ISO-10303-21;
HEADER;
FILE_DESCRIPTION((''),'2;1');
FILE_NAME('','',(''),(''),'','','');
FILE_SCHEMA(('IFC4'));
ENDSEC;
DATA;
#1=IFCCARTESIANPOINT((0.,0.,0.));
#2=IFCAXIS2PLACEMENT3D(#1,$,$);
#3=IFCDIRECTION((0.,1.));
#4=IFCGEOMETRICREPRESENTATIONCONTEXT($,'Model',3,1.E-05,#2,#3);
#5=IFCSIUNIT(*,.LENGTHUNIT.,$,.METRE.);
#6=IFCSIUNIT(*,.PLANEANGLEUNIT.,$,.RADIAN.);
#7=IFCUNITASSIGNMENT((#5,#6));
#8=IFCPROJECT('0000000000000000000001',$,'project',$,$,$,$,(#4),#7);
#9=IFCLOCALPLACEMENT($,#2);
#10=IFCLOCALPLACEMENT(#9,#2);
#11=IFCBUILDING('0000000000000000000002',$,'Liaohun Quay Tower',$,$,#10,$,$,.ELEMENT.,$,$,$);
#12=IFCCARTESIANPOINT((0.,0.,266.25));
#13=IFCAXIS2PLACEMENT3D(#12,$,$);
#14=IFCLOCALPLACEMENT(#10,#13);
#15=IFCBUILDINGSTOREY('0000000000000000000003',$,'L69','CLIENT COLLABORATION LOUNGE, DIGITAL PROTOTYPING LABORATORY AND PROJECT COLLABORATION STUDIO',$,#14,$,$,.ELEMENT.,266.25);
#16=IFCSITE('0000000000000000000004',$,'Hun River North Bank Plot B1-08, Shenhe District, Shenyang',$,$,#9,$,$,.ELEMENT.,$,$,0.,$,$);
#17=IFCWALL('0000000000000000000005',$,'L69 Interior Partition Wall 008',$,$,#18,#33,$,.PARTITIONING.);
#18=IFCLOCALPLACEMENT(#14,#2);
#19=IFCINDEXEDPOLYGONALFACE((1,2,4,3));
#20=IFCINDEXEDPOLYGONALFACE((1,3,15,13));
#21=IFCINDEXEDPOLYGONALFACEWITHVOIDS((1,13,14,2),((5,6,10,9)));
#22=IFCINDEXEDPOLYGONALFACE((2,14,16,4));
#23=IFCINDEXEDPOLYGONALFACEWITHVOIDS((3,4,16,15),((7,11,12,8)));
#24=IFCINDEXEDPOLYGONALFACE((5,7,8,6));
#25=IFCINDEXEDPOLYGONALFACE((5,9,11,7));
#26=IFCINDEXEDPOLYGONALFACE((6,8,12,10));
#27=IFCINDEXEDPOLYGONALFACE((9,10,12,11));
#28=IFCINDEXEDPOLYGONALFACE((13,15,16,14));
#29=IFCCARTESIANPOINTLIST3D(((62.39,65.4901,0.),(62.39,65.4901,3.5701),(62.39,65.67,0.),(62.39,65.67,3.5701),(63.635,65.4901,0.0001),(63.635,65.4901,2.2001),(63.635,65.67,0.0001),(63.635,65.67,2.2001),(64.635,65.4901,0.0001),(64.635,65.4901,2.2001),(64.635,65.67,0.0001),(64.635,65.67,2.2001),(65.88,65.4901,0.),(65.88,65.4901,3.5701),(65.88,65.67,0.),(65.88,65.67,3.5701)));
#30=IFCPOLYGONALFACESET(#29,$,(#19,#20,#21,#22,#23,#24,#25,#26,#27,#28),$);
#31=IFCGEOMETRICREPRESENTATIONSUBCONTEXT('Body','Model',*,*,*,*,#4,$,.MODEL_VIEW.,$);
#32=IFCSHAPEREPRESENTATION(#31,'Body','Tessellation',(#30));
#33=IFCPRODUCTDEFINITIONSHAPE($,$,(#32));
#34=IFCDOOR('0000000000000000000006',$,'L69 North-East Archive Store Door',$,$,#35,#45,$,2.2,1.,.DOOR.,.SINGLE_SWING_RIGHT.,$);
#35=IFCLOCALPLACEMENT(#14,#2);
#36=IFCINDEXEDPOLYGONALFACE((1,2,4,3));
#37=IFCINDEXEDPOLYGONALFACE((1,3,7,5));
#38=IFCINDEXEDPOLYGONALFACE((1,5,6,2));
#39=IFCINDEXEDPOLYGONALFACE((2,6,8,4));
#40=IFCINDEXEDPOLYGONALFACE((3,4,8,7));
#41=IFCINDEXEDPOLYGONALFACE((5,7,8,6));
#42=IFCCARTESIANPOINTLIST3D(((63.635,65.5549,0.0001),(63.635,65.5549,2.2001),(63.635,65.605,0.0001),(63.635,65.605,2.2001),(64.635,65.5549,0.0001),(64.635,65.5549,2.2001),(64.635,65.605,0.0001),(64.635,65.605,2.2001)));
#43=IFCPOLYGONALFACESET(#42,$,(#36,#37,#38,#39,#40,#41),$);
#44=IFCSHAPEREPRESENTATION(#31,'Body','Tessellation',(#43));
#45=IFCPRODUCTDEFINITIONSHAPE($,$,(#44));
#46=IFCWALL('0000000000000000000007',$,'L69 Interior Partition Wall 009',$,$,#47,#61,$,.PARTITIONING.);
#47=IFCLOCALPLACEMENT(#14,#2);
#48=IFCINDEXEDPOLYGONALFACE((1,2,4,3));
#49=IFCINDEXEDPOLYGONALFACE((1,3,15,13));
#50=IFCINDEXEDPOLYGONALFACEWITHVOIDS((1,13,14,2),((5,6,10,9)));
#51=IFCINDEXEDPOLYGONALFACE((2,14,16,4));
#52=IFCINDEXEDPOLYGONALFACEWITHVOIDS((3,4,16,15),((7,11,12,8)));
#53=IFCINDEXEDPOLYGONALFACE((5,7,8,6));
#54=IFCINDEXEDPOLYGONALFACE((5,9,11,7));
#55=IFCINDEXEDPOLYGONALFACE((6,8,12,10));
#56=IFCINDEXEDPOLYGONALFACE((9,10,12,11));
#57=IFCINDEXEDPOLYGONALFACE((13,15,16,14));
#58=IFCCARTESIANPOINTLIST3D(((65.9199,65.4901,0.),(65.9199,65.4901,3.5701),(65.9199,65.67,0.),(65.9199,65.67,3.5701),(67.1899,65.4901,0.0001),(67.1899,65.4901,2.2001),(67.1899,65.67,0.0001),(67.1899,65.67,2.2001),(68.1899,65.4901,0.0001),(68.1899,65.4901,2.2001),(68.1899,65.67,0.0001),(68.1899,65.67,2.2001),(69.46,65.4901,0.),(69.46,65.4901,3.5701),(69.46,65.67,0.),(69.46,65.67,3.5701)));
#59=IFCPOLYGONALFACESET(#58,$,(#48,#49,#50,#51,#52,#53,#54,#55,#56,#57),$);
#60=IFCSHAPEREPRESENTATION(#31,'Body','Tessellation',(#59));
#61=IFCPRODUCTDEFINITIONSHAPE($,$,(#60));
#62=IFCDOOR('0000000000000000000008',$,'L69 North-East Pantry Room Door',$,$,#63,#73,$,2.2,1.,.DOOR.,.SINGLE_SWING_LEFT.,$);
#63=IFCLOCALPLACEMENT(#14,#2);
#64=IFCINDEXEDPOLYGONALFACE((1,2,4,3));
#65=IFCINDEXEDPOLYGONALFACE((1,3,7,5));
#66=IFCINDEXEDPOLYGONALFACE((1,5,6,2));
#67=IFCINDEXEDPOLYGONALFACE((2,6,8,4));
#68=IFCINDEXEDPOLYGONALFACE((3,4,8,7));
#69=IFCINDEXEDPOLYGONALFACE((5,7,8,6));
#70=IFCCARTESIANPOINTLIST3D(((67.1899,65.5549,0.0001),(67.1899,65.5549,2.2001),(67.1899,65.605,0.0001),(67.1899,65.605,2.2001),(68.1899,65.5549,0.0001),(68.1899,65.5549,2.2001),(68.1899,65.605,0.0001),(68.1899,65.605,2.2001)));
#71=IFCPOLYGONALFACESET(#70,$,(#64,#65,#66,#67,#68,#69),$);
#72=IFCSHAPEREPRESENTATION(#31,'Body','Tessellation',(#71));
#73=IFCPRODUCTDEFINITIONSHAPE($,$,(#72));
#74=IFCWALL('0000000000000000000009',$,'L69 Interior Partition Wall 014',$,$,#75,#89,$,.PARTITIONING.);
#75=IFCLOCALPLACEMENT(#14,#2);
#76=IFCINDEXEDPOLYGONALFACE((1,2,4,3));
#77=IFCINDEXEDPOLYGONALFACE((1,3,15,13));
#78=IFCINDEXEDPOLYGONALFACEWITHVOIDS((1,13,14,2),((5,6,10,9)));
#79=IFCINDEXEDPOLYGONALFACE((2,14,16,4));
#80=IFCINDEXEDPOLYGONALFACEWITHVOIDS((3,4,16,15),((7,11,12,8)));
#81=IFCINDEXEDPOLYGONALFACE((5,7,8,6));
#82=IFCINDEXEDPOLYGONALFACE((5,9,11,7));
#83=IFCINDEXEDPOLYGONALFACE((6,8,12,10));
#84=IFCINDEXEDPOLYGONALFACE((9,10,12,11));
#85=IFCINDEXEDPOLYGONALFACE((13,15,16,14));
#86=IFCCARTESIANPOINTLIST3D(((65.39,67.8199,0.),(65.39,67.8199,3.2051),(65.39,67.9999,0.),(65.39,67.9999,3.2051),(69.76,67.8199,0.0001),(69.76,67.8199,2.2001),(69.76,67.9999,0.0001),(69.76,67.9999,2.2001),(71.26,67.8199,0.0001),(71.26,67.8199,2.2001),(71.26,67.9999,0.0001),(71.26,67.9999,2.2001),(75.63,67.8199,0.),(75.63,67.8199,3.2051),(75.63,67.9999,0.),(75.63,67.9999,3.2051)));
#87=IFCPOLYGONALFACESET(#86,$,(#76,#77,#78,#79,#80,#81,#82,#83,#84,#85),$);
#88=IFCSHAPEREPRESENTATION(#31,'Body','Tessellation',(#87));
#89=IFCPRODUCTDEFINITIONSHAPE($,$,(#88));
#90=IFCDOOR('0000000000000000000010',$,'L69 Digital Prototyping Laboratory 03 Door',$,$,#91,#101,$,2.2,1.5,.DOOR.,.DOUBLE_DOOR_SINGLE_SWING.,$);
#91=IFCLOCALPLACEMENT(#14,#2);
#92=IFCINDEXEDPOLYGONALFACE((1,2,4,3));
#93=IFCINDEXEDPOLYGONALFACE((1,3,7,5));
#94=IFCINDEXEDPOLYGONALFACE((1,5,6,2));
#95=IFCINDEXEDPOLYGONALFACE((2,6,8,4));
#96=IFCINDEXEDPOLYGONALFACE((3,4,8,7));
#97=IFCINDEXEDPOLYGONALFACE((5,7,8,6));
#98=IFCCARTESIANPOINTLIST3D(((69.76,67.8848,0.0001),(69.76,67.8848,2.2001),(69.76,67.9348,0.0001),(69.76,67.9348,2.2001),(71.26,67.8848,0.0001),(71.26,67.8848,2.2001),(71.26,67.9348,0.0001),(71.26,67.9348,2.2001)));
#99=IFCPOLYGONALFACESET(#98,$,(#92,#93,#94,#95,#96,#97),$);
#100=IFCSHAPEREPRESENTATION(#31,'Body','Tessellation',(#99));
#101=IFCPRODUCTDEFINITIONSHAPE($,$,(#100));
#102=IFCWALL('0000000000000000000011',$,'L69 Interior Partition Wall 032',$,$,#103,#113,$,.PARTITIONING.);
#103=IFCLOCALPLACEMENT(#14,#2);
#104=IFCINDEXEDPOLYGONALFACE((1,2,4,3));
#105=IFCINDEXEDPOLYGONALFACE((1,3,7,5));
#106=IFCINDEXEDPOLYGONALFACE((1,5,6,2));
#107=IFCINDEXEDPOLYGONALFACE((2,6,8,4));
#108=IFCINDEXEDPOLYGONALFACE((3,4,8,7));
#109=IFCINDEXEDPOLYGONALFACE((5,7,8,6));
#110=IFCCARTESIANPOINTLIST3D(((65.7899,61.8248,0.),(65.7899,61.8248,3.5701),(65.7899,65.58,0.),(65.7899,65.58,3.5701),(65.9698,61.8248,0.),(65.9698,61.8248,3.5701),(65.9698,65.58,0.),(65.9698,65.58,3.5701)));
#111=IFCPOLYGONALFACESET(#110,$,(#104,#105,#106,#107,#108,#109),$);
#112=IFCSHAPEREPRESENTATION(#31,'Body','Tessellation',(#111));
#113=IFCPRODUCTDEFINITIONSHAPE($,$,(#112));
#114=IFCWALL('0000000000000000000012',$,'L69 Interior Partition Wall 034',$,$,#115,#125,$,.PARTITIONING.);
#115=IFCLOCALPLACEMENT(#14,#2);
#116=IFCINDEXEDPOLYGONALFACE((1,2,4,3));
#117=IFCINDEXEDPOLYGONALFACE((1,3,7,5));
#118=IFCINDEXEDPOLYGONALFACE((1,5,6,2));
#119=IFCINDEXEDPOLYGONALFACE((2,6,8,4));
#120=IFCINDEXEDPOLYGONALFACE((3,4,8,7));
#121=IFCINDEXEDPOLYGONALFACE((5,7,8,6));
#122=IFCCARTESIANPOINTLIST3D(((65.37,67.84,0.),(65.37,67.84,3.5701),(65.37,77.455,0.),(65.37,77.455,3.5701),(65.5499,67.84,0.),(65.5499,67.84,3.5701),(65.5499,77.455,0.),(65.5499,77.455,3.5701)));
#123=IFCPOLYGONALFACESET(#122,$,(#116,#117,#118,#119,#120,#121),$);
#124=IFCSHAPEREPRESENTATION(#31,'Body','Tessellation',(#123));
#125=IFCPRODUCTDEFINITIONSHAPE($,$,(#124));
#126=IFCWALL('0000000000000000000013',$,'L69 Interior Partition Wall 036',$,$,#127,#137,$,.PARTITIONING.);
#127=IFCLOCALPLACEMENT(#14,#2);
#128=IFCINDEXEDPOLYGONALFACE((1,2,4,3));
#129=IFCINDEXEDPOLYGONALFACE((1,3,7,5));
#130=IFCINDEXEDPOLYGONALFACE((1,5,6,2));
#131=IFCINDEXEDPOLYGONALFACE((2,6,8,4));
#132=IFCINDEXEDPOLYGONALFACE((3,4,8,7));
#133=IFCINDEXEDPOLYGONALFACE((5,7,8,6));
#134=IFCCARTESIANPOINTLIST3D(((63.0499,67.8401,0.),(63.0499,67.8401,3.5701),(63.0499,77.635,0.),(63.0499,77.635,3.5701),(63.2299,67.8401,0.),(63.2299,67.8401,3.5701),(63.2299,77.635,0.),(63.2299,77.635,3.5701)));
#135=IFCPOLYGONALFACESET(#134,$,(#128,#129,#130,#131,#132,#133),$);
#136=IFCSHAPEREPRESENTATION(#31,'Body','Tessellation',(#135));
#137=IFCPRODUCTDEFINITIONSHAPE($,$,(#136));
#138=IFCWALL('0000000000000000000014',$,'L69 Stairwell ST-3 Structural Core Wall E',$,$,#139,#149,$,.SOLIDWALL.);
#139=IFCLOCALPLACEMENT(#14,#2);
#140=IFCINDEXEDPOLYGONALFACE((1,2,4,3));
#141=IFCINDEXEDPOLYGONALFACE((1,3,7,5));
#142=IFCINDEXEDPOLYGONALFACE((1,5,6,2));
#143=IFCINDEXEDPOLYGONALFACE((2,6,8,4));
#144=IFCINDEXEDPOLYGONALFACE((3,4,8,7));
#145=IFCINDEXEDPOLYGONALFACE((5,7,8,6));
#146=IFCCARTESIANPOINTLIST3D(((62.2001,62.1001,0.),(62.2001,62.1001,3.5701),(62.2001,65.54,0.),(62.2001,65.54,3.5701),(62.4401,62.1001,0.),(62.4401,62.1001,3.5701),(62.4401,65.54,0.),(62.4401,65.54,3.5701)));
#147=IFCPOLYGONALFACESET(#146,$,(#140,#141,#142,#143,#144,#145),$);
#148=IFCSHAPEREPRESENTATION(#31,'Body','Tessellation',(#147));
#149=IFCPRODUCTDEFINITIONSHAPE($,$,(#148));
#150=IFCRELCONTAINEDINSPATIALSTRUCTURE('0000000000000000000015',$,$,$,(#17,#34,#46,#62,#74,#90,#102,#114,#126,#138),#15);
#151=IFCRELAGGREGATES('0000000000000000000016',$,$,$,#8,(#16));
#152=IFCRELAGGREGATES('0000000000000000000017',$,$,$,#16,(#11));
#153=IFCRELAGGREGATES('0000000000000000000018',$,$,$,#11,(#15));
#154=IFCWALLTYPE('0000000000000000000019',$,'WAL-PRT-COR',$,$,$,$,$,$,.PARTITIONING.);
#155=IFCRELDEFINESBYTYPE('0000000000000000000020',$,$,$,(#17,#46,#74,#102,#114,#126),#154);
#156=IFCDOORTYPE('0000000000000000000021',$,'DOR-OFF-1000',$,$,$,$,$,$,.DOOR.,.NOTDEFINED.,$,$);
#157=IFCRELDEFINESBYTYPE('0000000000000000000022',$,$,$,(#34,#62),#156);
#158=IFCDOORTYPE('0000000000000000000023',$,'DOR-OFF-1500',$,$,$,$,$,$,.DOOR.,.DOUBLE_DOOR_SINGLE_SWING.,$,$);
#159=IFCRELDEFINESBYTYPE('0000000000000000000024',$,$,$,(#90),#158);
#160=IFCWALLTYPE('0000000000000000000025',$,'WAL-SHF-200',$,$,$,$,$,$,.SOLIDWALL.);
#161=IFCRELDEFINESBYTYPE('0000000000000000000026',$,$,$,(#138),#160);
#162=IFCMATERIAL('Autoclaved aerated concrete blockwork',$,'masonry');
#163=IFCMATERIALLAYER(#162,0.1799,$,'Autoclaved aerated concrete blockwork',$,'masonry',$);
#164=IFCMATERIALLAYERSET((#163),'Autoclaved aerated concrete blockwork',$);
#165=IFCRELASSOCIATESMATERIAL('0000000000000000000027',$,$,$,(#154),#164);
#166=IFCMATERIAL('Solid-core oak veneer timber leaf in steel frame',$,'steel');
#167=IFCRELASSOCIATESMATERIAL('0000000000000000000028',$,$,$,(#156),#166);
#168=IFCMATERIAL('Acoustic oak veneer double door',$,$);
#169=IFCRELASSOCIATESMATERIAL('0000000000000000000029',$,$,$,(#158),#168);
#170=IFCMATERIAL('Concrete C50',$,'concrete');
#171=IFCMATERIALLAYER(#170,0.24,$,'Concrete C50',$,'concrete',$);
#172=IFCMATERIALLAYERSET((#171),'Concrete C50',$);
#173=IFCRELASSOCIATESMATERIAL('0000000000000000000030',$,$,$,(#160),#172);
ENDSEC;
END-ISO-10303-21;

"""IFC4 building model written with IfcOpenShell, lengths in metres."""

from ifc_helpers import new_model, si_unit, direction, frame, frame_2d, origin, place, context, subcontext, project, spatial, rectangle, extrude, source, transform, mapped, material, layer, layer_set, type_object, element, fill, save


model = new_model("IFC4")

# Units and contexts
model_context = context("Model", 3, precision=1e-05, world=origin(), true_north=direction((0.0, 1.0)))
body_context = subcontext(model_context, "Body", "Model", "MODEL_VIEW")
ifc_project = project(units=[si_unit("LENGTHUNIT", "METRE"), si_unit("PLANEANGLEUNIT", "RADIAN")], contexts=[model_context])

# Site, building, storey
site_placement = place(None, origin())
site = spatial("IfcSite", under=ifc_project, at=site_placement, Name="Hun River North Bank Plot B1-08, Shenhe District, Shenyang", CompositionType="ELEMENT", RefElevation=0.0)
building_placement = place(site_placement, origin())
building = spatial("IfcBuilding", under=site, at=building_placement, Name="Liaohun Quay Tower", CompositionType="ELEMENT")
storey_placement = place(building_placement, frame((0.0, 0.0, 266.25)))
storey = spatial("IfcBuildingStorey", under=building, at=storey_placement, Name="L69", Description="CLIENT COLLABORATION LOUNGE, DIGITAL PROTOTYPING LABORATORY AND PROJECT COLLABORATION STUDIO", CompositionType="ELEMENT", Elevation=266.25)

# Walls, openings, doors
ifc_material_1 = material(Name="Autoclaved aerated concrete blockwork", Category="masonry")
ifc_layer_1 = layer(ifc_material_1, 0.1799, Name="Autoclaved aerated concrete blockwork", Category="masonry")
ifc_layer_set_1 = layer_set([ifc_layer_1], Name="Autoclaved aerated concrete blockwork")
wall_type_1 = type_object("IfcWallType", Name="WAL-PRT-COR", PredefinedType="PARTITIONING", material=ifc_layer_set_1)
wall_1_placement = place(storey_placement, frame((62.3899, 65.5801, 0.0), z_axis=(0.0, 0.0, 1.0), x_axis=(1.0, 0.0, 0.0)))
wall_1 = element("IfcWall", 1, at=wall_1_placement, inside=storey, type_object=wall_type_1, Name="L69 Interior Partition Wall 008", PredefinedType="PARTITIONING", context=body_context, shape_type="SweptSolid", body=[
    extrude(rectangle(XDim=3.49, YDim=0.1799, at=frame_2d((1.7451, 0.0))), origin(), (0.0, 0.0, 1.0), 3.5701),
])
shared_shape_1 = source(origin(), body_context, "Body", "SweptSolid", [
    extrude(rectangle(XDim=1.0, YDim=2.2, at=frame_2d((0.5, 1.1001))), frame((0.0, 0.0999, 0.0), z_axis=(0.0, -1.0, 0.0), x_axis=(1.0, 0.0, 0.0)), (0.0, 0.0, 1.0), 0.2),
])
opening_1_placement = place(wall_1_placement, frame((1.2451, 0.0, 0.0)))
opening_1 = element("IfcOpeningElement", 2, at=opening_1_placement, cuts=wall_1, PredefinedType="OPENING", context=body_context, shape_type="MappedRepresentation", body=[
    mapped(shared_shape_1, transform((0.0, 0.0, 0.0), x_axis=(1.0, 0.0, 0.0), y_axis=(0.0, 1.0, 0.0), z_axis=(0.0, 0.0, 1.0), scale=1.0)),
])
ifc_material_2 = material(Name="Solid-core oak veneer timber leaf in steel frame", Category="steel")
door_type_1 = type_object("IfcDoorType", Name="DOR-OFF-1000", OperationType="NOTDEFINED", PredefinedType="DOOR", material=ifc_material_2)
shared_shape_2 = source(origin(), body_context, "Body", "SweptSolid", [
    extrude(rectangle(XDim=1.0, YDim=2.2, at=frame_2d((0.5, 1.1001))), frame((0.0, 0.0249, 0.0), z_axis=(0.0, -1.0, 0.0), x_axis=(1.0, 0.0, 0.0)), (0.0, 0.0, 1.0), 0.05),
])
door_1_placement = place(opening_1_placement, origin())
door_1 = element("IfcDoor", 3, at=door_1_placement, inside=storey, type_object=door_type_1, Name="L69 North-East Archive Store Door", OperationType="SINGLE_SWING_RIGHT", OverallHeight=2.2, OverallWidth=1.0, PredefinedType="DOOR", context=body_context, shape_type="MappedRepresentation", body=[
    mapped(shared_shape_2, transform((0.0, 0.0, 0.0), x_axis=(1.0, 0.0, 0.0), y_axis=(0.0, 1.0, 0.0), z_axis=(0.0, 0.0, 1.0), scale=1.0)),
])
fill(opening_1, door_1)
wall_2_placement = place(storey_placement, frame((65.9199, 65.5801, 0.0), z_axis=(0.0, 0.0, 1.0), x_axis=(1.0, 0.0, 0.0)))
wall_2 = element("IfcWall", 4, at=wall_2_placement, inside=storey, type_object=wall_type_1, Name="L69 Interior Partition Wall 009", PredefinedType="PARTITIONING", context=body_context, shape_type="SweptSolid", body=[
    extrude(rectangle(XDim=3.54, YDim=0.1799, at=frame_2d((1.77, 0.0))), origin(), (0.0, 0.0, 1.0), 3.5701),
])
opening_2_placement = place(wall_2_placement, frame((1.27, 0.0, 0.0)))
opening_2 = element("IfcOpeningElement", 5, at=opening_2_placement, cuts=wall_2, PredefinedType="OPENING", context=body_context, shape_type="MappedRepresentation", body=[
    mapped(shared_shape_1, transform((0.0, 0.0, 0.0), x_axis=(1.0, 0.0, 0.0), y_axis=(0.0, 1.0, 0.0), z_axis=(0.0, 0.0, 1.0), scale=1.0)),
])
door_2_placement = place(opening_2_placement, origin())
door_2 = element("IfcDoor", 6, at=door_2_placement, inside=storey, type_object=door_type_1, Name="L69 North-East Pantry Room Door", OperationType="SINGLE_SWING_LEFT", OverallHeight=2.2, OverallWidth=1.0, PredefinedType="DOOR", context=body_context, shape_type="MappedRepresentation", body=[
    mapped(shared_shape_2, transform((0.0, 0.0, 0.0), x_axis=(1.0, 0.0, 0.0), y_axis=(0.0, 1.0, 0.0), z_axis=(0.0, 0.0, 1.0), scale=1.0)),
])
fill(opening_2, door_2)
wall_3_placement = place(storey_placement, frame((65.3899, 67.9099, 0.0), z_axis=(0.0, 0.0, 1.0), x_axis=(1.0, 0.0, 0.0)))
wall_3 = element("IfcWall", 7, at=wall_3_placement, inside=storey, type_object=wall_type_1, Name="L69 Interior Partition Wall 014", PredefinedType="PARTITIONING", context=body_context, shape_type="SweptSolid", body=[
    extrude(rectangle(XDim=10.24, YDim=0.1799, at=frame_2d((5.1201, 0.0))), origin(), (0.0, 0.0, 1.0), 3.2051),
])
shared_shape_3 = source(origin(), body_context, "Body", "SweptSolid", [
    extrude(rectangle(XDim=1.5, YDim=2.2, at=frame_2d((0.75, 1.1001))), frame((0.0, 0.0999, 0.0), z_axis=(0.0, -1.0, 0.0), x_axis=(1.0, 0.0, 0.0)), (0.0, 0.0, 1.0), 0.2),
])
opening_3_placement = place(wall_3_placement, frame((4.3701, 0.0, 0.0)))
opening_3 = element("IfcOpeningElement", 8, at=opening_3_placement, cuts=wall_3, PredefinedType="OPENING", context=body_context, shape_type="MappedRepresentation", body=[
    mapped(shared_shape_3, transform((0.0, 0.0, 0.0), x_axis=(1.0, 0.0, 0.0), y_axis=(0.0, 1.0, 0.0), z_axis=(0.0, 0.0, 1.0), scale=1.0)),
])
ifc_material_3 = material(Name="Acoustic oak veneer double door")
door_type_2 = type_object("IfcDoorType", Name="DOR-OFF-1500", OperationType="DOUBLE_DOOR_SINGLE_SWING", PredefinedType="DOOR", material=ifc_material_3)
shared_shape_4 = source(origin(), body_context, "Body", "SweptSolid", [
    extrude(rectangle(XDim=1.5, YDim=2.2, at=frame_2d((0.75, 1.1001))), frame((0.0, 0.0249, 0.0), z_axis=(0.0, -1.0, 0.0), x_axis=(1.0, 0.0, 0.0)), (0.0, 0.0, 1.0), 0.05),
])
door_3_placement = place(opening_3_placement, origin())
door_3 = element("IfcDoor", 9, at=door_3_placement, inside=storey, type_object=door_type_2, Name="L69 Digital Prototyping Laboratory 03 Door", OperationType="DOUBLE_DOOR_SINGLE_SWING", OverallHeight=2.2, OverallWidth=1.5, PredefinedType="DOOR", context=body_context, shape_type="MappedRepresentation", body=[
    mapped(shared_shape_4, transform((0.0, 0.0, 0.0), x_axis=(1.0, 0.0, 0.0), y_axis=(0.0, 1.0, 0.0), z_axis=(0.0, 0.0, 1.0), scale=1.0)),
])
fill(opening_3, door_3)

# Walls
wall_4_placement = place(storey_placement, frame((65.8799, 61.825, 0.0), z_axis=(0.0, 0.0, 1.0), x_axis=(0.0, 1.0, 0.0)))
element("IfcWall", 10, at=wall_4_placement, inside=storey, type_object=wall_type_1, Name="L69 Interior Partition Wall 032", PredefinedType="PARTITIONING", context=body_context, shape_type="SweptSolid", body=[
    extrude(rectangle(XDim=3.7551, YDim=0.1799, at=frame_2d((1.8774, 0.0))), origin(), (0.0, 0.0, 1.0), 3.5701),
])
wall_5_placement = place(storey_placement, frame((65.46, 77.4551, 0.0), z_axis=(0.0, 0.0, 1.0), x_axis=(0.0, -1.0, 0.0)))
element("IfcWall", 11, at=wall_5_placement, inside=storey, type_object=wall_type_1, Name="L69 Interior Partition Wall 034", PredefinedType="PARTITIONING", context=body_context, shape_type="SweptSolid", body=[
    extrude(rectangle(XDim=9.615, YDim=0.1799, at=frame_2d((4.8076, 0.0))), origin(), (0.0, 0.0, 1.0), 3.5701),
])
wall_6_placement = place(storey_placement, frame((63.1399, 67.8401, 0.0), z_axis=(0.0, 0.0, 1.0), x_axis=(0.0, 1.0, 0.0)))
element("IfcWall", 12, at=wall_6_placement, inside=storey, type_object=wall_type_1, Name="L69 Interior Partition Wall 036", PredefinedType="PARTITIONING", context=body_context, shape_type="SweptSolid", body=[
    extrude(rectangle(XDim=9.7949, YDim=0.1799, at=frame_2d((4.8975, 0.0))), origin(), (0.0, 0.0, 1.0), 3.5701),
])
ifc_material_4 = material(Name="Concrete C50", Category="concrete")
ifc_layer_2 = layer(ifc_material_4, 0.24, Name="Concrete C50", Category="concrete")
ifc_layer_set_2 = layer_set([ifc_layer_2], Name="Concrete C50")
wall_type_2 = type_object("IfcWallType", Name="WAL-SHF-200", PredefinedType="SOLIDWALL", material=ifc_layer_set_2)
wall_7_placement = place(storey_placement, frame((62.3201, 62.1001, 0.0), z_axis=(0.0, 0.0, 1.0), x_axis=(0.0, 1.0, 0.0)))
element("IfcWall", 13, at=wall_7_placement, inside=storey, type_object=wall_type_2, Name="L69 Stairwell ST-3 Structural Core Wall E", PredefinedType="SOLIDWALL", context=body_context, shape_type="SweptSolid", body=[
    extrude(rectangle(XDim=3.4399, YDim=0.24, at=frame_2d((1.72, 0.0))), origin(), (0.0, 0.0, 1.0), 3.5701),
])

save(model, "model.ifc")
